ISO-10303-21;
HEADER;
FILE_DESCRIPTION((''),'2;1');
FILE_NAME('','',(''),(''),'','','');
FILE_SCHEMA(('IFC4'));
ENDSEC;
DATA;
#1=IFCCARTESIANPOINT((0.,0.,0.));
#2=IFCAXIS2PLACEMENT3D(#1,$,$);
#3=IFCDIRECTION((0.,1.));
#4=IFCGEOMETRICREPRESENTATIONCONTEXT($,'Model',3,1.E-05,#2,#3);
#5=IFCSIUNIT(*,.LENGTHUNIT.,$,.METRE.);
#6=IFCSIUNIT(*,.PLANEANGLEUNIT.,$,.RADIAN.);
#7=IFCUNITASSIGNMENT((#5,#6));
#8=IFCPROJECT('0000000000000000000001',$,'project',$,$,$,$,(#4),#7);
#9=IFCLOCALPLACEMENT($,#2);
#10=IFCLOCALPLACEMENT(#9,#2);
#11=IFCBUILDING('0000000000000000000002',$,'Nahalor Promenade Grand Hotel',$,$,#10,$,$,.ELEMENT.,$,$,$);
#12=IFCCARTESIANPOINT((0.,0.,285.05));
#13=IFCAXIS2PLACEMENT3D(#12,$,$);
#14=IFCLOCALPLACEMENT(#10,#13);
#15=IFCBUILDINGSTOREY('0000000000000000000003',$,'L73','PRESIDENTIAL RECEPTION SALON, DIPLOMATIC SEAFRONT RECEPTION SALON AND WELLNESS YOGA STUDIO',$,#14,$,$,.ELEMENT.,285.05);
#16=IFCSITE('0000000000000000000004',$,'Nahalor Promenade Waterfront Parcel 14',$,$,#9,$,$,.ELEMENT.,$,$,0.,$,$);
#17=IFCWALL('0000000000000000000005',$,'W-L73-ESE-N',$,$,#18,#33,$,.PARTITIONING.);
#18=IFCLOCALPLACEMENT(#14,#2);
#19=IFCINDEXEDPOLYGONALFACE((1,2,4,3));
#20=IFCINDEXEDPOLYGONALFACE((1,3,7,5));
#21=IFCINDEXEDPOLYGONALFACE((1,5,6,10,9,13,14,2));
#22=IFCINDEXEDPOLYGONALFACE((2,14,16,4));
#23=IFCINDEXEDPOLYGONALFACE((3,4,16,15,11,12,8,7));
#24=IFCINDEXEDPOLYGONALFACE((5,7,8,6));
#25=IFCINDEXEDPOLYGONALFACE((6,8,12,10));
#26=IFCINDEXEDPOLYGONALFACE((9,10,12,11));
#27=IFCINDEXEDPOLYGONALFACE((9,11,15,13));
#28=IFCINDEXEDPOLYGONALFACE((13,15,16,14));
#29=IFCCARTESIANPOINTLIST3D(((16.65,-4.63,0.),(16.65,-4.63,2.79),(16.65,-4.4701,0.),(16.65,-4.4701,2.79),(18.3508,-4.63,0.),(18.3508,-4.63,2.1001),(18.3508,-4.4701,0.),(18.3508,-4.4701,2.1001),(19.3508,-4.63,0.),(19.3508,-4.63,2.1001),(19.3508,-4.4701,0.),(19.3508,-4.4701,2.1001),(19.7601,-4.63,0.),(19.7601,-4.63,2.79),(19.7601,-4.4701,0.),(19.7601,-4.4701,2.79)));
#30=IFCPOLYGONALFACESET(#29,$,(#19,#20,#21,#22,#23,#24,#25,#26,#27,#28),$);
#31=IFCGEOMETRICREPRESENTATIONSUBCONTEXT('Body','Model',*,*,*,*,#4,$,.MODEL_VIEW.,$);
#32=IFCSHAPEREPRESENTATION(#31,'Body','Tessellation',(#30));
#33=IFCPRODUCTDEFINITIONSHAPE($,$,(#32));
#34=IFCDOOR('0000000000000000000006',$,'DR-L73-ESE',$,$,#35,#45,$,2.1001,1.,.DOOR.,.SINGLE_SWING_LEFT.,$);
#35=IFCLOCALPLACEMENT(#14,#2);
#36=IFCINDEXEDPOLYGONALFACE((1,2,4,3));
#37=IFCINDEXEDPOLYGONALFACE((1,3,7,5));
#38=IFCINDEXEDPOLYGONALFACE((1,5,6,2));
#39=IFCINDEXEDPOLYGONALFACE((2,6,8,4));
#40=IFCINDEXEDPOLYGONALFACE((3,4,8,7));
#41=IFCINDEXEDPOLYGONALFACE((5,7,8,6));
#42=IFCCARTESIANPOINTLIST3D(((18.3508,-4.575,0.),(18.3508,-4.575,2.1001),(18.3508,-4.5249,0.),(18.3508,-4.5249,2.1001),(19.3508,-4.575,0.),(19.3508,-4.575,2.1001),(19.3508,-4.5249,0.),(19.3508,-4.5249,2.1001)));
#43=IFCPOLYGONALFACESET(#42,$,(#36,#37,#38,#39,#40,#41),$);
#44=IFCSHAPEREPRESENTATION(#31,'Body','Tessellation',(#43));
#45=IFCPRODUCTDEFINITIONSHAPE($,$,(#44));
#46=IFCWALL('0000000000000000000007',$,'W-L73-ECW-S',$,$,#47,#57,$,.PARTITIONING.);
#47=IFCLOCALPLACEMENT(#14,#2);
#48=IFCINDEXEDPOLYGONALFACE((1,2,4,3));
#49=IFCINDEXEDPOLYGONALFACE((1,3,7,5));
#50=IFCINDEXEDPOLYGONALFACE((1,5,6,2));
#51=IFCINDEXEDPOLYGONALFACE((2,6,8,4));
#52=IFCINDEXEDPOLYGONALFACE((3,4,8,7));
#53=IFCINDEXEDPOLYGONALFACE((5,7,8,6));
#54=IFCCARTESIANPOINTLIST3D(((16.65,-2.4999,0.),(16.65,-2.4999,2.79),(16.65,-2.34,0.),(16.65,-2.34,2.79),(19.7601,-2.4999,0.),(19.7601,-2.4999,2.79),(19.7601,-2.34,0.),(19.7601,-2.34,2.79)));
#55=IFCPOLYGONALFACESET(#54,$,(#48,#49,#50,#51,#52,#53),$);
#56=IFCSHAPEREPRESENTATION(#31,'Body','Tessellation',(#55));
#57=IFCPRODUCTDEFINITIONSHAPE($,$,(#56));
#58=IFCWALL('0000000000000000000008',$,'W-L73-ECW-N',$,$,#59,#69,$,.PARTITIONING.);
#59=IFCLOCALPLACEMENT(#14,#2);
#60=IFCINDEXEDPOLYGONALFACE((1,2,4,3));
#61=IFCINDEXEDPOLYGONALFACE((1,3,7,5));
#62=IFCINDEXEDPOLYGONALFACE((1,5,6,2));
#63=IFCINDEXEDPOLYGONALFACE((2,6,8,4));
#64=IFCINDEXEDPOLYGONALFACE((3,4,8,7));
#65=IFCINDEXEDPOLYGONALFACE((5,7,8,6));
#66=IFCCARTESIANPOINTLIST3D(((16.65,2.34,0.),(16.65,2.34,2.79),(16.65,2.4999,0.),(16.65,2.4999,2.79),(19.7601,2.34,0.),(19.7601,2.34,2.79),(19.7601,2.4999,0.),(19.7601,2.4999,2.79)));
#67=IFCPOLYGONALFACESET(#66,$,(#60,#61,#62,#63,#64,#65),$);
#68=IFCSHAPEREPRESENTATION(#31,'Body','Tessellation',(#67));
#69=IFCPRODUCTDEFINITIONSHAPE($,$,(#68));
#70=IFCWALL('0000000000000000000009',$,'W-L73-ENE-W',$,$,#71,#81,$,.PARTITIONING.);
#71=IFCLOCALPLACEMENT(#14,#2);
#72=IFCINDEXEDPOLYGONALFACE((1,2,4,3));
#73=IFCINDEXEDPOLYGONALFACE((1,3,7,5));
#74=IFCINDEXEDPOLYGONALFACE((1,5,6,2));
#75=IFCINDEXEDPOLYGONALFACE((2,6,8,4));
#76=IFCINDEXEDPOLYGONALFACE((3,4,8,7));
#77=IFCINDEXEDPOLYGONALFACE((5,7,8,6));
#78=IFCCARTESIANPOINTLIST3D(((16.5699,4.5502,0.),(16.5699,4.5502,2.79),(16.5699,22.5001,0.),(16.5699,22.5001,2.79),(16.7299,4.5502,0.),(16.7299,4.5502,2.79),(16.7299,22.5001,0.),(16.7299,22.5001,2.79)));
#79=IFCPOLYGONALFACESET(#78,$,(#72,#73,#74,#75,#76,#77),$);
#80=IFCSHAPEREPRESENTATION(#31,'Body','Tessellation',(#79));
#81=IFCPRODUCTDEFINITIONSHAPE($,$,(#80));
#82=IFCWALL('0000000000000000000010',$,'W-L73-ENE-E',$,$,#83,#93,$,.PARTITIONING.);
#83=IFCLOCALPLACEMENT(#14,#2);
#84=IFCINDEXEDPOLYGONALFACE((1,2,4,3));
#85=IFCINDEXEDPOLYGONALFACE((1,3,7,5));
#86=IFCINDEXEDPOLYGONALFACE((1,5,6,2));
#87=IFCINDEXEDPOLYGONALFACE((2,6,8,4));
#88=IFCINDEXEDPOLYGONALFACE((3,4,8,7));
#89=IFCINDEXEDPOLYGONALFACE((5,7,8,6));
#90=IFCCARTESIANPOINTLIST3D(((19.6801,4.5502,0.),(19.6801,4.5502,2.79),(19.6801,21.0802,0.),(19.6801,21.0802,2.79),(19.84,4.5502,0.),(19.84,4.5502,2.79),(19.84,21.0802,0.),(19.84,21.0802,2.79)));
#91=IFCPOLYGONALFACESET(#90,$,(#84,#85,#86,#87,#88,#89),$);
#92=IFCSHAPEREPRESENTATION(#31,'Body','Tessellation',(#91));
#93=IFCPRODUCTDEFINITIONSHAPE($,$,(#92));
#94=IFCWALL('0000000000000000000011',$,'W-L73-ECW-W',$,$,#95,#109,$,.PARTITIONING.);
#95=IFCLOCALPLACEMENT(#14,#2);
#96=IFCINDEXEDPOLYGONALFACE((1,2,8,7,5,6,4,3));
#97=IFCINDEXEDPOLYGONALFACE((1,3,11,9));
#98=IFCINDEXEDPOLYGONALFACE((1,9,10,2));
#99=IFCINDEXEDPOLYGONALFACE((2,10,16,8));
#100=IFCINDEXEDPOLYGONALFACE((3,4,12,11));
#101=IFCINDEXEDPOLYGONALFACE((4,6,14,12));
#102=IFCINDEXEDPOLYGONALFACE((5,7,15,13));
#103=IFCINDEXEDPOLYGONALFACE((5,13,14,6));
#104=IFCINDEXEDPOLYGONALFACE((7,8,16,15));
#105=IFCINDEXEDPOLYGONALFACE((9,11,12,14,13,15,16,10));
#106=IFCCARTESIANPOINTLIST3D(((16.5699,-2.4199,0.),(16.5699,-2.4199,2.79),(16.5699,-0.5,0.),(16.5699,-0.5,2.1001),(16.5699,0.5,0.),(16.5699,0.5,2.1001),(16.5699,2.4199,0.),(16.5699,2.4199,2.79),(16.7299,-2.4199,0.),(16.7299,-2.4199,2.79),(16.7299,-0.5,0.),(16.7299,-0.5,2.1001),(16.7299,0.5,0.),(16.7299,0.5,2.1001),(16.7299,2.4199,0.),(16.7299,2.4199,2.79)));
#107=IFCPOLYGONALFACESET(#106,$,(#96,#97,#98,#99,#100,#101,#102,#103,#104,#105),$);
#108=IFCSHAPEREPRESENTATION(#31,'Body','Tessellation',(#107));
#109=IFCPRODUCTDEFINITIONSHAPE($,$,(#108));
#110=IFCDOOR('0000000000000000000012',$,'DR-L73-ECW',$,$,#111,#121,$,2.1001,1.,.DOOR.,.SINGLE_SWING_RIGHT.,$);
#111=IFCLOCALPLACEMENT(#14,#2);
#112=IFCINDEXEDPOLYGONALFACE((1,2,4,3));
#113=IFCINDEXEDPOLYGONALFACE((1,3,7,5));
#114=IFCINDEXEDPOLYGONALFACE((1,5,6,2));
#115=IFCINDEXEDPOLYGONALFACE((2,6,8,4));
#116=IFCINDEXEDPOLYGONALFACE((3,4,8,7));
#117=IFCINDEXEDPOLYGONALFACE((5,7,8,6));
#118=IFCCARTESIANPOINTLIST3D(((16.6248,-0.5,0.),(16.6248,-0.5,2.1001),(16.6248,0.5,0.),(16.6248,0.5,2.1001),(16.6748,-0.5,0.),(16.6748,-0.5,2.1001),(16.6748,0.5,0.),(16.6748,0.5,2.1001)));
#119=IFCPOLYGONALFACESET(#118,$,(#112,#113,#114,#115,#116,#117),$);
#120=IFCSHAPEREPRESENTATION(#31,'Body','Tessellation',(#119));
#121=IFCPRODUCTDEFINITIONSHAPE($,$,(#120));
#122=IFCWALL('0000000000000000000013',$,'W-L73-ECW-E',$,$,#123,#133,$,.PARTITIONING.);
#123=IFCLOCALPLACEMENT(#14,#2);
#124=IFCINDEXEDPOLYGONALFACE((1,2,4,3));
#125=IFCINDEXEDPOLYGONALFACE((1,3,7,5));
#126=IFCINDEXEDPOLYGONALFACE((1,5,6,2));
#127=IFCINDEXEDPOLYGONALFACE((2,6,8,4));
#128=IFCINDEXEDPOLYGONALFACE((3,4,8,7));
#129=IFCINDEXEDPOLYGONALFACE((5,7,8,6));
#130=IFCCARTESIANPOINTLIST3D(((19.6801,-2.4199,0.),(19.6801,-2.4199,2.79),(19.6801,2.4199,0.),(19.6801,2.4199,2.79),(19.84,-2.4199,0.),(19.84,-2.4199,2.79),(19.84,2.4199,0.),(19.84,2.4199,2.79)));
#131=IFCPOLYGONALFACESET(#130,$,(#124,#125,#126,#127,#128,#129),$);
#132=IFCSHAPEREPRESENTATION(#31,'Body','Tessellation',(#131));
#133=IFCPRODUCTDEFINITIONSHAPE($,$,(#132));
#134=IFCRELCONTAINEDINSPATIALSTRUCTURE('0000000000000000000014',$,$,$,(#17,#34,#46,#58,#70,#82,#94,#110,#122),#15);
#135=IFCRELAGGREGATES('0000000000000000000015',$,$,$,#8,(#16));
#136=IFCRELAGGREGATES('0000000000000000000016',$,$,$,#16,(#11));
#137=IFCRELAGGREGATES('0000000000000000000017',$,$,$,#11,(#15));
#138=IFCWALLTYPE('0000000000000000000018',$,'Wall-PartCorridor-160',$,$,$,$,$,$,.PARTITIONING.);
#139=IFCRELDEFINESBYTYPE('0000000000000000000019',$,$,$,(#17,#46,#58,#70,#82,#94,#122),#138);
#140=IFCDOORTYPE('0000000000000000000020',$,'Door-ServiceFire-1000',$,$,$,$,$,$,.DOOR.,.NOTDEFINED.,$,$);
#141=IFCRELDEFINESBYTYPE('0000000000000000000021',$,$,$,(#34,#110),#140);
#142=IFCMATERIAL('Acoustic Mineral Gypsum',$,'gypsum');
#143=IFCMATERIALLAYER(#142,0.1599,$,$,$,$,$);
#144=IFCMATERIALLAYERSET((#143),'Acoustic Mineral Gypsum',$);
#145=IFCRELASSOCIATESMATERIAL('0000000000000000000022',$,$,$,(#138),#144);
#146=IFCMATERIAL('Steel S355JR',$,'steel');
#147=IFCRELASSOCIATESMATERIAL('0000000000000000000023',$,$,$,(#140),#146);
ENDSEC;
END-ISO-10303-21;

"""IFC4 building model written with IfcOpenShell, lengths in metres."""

from ifc_helpers import new_model, si_unit, direction, frame, frame_2d, origin, place, context, subcontext, project, spatial, rectangle, extrude, source, transform, mapped, material, layer, layer_set, type_object, element, fill, save


model = new_model("IFC4")

# Units and contexts
model_context = context("Model", 3, precision=1e-05, world=origin(), true_north=direction((0.0, 1.0)))
body_context = subcontext(model_context, "Body", "Model", "MODEL_VIEW")
ifc_project = project(units=[si_unit("LENGTHUNIT", "METRE"), si_unit("PLANEANGLEUNIT", "RADIAN")], contexts=[model_context])

# Site, building, storey
site_placement = place(None, origin())
site = spatial("IfcSite", under=ifc_project, at=site_placement, Name="Nahalor Promenade Waterfront Parcel 14", CompositionType="ELEMENT", RefElevation=0.0)
building_placement = place(site_placement, origin())
building = spatial("IfcBuilding", under=site, at=building_placement, Name="Nahalor Promenade Grand Hotel", CompositionType="ELEMENT")
storey_placement = place(building_placement, frame((0.0, 0.0, 285.05)))
storey = spatial("IfcBuildingStorey", under=building, at=storey_placement, Name="L73", Description="PRESIDENTIAL RECEPTION SALON, DIPLOMATIC SEAFRONT RECEPTION SALON AND WELLNESS YOGA STUDIO", CompositionType="ELEMENT", Elevation=285.05)

# Shared definitions
ifc_material_1 = material(Name="Steel S355JR", Category="steel")

# Wall, opening, door
ifc_material_2 = material(Name="Acoustic Mineral Gypsum", Category="gypsum")
ifc_layer_1 = layer(ifc_material_2, 0.1599)
ifc_layer_set_1 = layer_set([ifc_layer_1], Name="Acoustic Mineral Gypsum")
wall_type_1 = type_object("IfcWallType", Name="Wall-PartCorridor-160", PredefinedType="PARTITIONING", material=ifc_layer_set_1)
shared_shape_1 = source(origin(), body_context, "Body", "SweptSolid", [
    extrude(rectangle(XDim=3.1101, YDim=0.1599, at=frame_2d((1.5552, 0.0))), origin(), (0.0, 0.0, 1.0), 2.79),
])
door_type_1 = type_object("IfcDoorType", Name="Door-ServiceFire-1000", OperationType="NOTDEFINED", PredefinedType="DOOR", material=ifc_material_1)
shared_shape_2 = source(origin(), body_context, "Body", "SweptSolid", [
    extrude(rectangle(XDim=1.0, YDim=2.1001, at=frame_2d((0.5, 1.05))), frame((0.0, 0.0249, 0.0), z_axis=(0.0, -1.0, 0.0), x_axis=(1.0, 0.0, 0.0)), (0.0, 0.0, 1.0), 0.05),
])
wall_1_placement = place(storey_placement, frame((16.6499, -4.55, 0.0), z_axis=(0.0, 0.0, 1.0), x_axis=(1.0, 0.0, 0.0)))
wall_1 = element("IfcWall", 1, at=wall_1_placement, inside=storey, type_object=wall_type_1, Name="W-L73-ESE-N", PredefinedType="PARTITIONING", context=body_context, shape_type="MappedRepresentation", body=[
    mapped(shared_shape_1, transform((0.0, 0.0, 0.0), scale=1.0)),
])
opening_1_placement = place(wall_1_placement, frame((1.7009, 0.0, 0.0)))
opening_1 = element("IfcOpeningElement", 2, at=opening_1_placement, cuts=wall_1, PredefinedType="OPENING", context=body_context, shape_type="SweptSolid", body=[
    extrude(rectangle(XDim=1.0, YDim=2.1001, at=frame_2d((0.5, 1.05))), frame((0.0, 0.0898, 0.0), z_axis=(0.0, -1.0, 0.0), x_axis=(1.0, 0.0, 0.0)), (0.0, 0.0, 1.0), 0.1799),
])
door_1_placement = place(opening_1_placement, frame((1.0, 0.0, 0.0), z_axis=(0.0, 0.0, 1.0), x_axis=(-1.0, 0.0, 0.0)))
door_1 = element("IfcDoor", 3, at=door_1_placement, inside=storey, type_object=door_type_1, Name="DR-L73-ESE", OperationType="SINGLE_SWING_LEFT", OverallHeight=2.1001, OverallWidth=1.0, PredefinedType="DOOR", context=body_context, shape_type="MappedRepresentation", body=[
    mapped(shared_shape_2, transform((0.0, 0.0, 0.0), scale=1.0)),
])
fill(opening_1, door_1)

# Walls
for number, where, z_axis, x_axis, name in (
    (4, (16.6499, -2.4199, 0.0), (0.0, 0.0, 1.0), (1.0, 0.0, 0.0), "W-L73-ECW-S"),
    (5, (16.6499, 2.4199, 0.0), (0.0, 0.0, 1.0), (1.0, 0.0, 0.0), "W-L73-ECW-N"),
):
    element("IfcWall", number, at=place(storey_placement, frame(where, z_axis=z_axis, x_axis=x_axis)), inside=storey, type_object=wall_type_1, Name=name, PredefinedType="PARTITIONING", context=body_context, shape_type="MappedRepresentation", body=[
        mapped(shared_shape_1, transform((0.0, 0.0, 0.0), scale=1.0)),
    ])
shared_shape_3 = source(origin(), body_context, "Body", "SweptSolid", [
    extrude(rectangle(XDim=17.95, YDim=0.1599, at=frame_2d((8.9751, 0.0))), origin(), (0.0, 0.0, 1.0), 2.79),
])
wall_2_placement = place(storey_placement, frame((16.6499, 4.55, 0.0), z_axis=(0.0, 0.0, 1.0), x_axis=(0.0, 1.0, 0.0)))
element("IfcWall", 6, at=wall_2_placement, inside=storey, type_object=wall_type_1, Name="W-L73-ENE-W", PredefinedType="PARTITIONING", context=body_context, shape_type="MappedRepresentation", body=[
    mapped(shared_shape_3, transform((0.0, 0.0, 0.0), scale=1.0)),
])
shared_shape_4 = source(origin(), body_context, "Body", "SweptSolid", [
    extrude(rectangle(XDim=16.53, YDim=0.1599, at=frame_2d((8.2651, 0.0))), origin(), (0.0, 0.0, 1.0), 2.79),
])
wall_3_placement = place(storey_placement, frame((19.76, 4.55, 0.0), z_axis=(0.0, 0.0, 1.0), x_axis=(0.0, 1.0, 0.0)))
element("IfcWall", 7, at=wall_3_placement, inside=storey, type_object=wall_type_1, Name="W-L73-ENE-E", PredefinedType="PARTITIONING", context=body_context, shape_type="MappedRepresentation", body=[
    mapped(shared_shape_4, transform((0.0, 0.0, 0.0), scale=1.0)),
])

# Wall, opening, door
shared_shape_5 = source(origin(), body_context, "Body", "SweptSolid", [
    extrude(rectangle(XDim=4.8398, YDim=0.1599, at=frame_2d((2.4199, 0.0))), origin(), (0.0, 0.0, 1.0), 2.79),
])
wall_4_placement = place(storey_placement, frame((16.6499, -2.4199, 0.0), z_axis=(0.0, 0.0, 1.0), x_axis=(0.0, 1.0, 0.0)))
wall_4 = element("IfcWall", 8, at=wall_4_placement, inside=storey, type_object=wall_type_1, Name="W-L73-ECW-W", PredefinedType="PARTITIONING", context=body_context, shape_type="MappedRepresentation", body=[
    mapped(shared_shape_5, transform((0.0, 0.0, 0.0), scale=1.0)),
])
opening_2_placement = place(wall_4_placement, frame((1.9199, 0.0, 0.0)))
opening_2 = element("IfcOpeningElement", 9, at=opening_2_placement, cuts=wall_4, PredefinedType="OPENING", context=body_context, shape_type="SweptSolid", body=[
    extrude(rectangle(XDim=1.0, YDim=2.1001, at=frame_2d((0.5, 1.05))), frame((0.0, 0.0898, 0.0), z_axis=(0.0, -1.0, 0.0), x_axis=(1.0, 0.0, 0.0)), (0.0, 0.0, 1.0), 0.1799),
])
door_2_placement = place(opening_2_placement, frame((1.0, 0.0, 0.0), z_axis=(0.0, 0.0, 1.0), x_axis=(-1.0, 0.0, 0.0)))
door_2 = element("IfcDoor", 10, at=door_2_placement, inside=storey, type_object=door_type_1, Name="DR-L73-ECW", OperationType="SINGLE_SWING_RIGHT", OverallHeight=2.1001, OverallWidth=1.0, PredefinedType="DOOR", context=body_context, shape_type="MappedRepresentation", body=[
    mapped(shared_shape_2, transform((0.0, 0.0, 0.0), scale=1.0)),
])
fill(opening_2, door_2)

# Wall
wall_5_placement = place(storey_placement, frame((19.76, -2.4199, 0.0), z_axis=(0.0, 0.0, 1.0), x_axis=(0.0, 1.0, 0.0)))
element("IfcWall", 11, at=wall_5_placement, inside=storey, type_object=wall_type_1, Name="W-L73-ECW-E", PredefinedType="PARTITIONING", context=body_context, shape_type="MappedRepresentation", body=[
    mapped(shared_shape_5, transform((0.0, 0.0, 0.0), scale=1.0)),
])

save(model, "model.ifc")
